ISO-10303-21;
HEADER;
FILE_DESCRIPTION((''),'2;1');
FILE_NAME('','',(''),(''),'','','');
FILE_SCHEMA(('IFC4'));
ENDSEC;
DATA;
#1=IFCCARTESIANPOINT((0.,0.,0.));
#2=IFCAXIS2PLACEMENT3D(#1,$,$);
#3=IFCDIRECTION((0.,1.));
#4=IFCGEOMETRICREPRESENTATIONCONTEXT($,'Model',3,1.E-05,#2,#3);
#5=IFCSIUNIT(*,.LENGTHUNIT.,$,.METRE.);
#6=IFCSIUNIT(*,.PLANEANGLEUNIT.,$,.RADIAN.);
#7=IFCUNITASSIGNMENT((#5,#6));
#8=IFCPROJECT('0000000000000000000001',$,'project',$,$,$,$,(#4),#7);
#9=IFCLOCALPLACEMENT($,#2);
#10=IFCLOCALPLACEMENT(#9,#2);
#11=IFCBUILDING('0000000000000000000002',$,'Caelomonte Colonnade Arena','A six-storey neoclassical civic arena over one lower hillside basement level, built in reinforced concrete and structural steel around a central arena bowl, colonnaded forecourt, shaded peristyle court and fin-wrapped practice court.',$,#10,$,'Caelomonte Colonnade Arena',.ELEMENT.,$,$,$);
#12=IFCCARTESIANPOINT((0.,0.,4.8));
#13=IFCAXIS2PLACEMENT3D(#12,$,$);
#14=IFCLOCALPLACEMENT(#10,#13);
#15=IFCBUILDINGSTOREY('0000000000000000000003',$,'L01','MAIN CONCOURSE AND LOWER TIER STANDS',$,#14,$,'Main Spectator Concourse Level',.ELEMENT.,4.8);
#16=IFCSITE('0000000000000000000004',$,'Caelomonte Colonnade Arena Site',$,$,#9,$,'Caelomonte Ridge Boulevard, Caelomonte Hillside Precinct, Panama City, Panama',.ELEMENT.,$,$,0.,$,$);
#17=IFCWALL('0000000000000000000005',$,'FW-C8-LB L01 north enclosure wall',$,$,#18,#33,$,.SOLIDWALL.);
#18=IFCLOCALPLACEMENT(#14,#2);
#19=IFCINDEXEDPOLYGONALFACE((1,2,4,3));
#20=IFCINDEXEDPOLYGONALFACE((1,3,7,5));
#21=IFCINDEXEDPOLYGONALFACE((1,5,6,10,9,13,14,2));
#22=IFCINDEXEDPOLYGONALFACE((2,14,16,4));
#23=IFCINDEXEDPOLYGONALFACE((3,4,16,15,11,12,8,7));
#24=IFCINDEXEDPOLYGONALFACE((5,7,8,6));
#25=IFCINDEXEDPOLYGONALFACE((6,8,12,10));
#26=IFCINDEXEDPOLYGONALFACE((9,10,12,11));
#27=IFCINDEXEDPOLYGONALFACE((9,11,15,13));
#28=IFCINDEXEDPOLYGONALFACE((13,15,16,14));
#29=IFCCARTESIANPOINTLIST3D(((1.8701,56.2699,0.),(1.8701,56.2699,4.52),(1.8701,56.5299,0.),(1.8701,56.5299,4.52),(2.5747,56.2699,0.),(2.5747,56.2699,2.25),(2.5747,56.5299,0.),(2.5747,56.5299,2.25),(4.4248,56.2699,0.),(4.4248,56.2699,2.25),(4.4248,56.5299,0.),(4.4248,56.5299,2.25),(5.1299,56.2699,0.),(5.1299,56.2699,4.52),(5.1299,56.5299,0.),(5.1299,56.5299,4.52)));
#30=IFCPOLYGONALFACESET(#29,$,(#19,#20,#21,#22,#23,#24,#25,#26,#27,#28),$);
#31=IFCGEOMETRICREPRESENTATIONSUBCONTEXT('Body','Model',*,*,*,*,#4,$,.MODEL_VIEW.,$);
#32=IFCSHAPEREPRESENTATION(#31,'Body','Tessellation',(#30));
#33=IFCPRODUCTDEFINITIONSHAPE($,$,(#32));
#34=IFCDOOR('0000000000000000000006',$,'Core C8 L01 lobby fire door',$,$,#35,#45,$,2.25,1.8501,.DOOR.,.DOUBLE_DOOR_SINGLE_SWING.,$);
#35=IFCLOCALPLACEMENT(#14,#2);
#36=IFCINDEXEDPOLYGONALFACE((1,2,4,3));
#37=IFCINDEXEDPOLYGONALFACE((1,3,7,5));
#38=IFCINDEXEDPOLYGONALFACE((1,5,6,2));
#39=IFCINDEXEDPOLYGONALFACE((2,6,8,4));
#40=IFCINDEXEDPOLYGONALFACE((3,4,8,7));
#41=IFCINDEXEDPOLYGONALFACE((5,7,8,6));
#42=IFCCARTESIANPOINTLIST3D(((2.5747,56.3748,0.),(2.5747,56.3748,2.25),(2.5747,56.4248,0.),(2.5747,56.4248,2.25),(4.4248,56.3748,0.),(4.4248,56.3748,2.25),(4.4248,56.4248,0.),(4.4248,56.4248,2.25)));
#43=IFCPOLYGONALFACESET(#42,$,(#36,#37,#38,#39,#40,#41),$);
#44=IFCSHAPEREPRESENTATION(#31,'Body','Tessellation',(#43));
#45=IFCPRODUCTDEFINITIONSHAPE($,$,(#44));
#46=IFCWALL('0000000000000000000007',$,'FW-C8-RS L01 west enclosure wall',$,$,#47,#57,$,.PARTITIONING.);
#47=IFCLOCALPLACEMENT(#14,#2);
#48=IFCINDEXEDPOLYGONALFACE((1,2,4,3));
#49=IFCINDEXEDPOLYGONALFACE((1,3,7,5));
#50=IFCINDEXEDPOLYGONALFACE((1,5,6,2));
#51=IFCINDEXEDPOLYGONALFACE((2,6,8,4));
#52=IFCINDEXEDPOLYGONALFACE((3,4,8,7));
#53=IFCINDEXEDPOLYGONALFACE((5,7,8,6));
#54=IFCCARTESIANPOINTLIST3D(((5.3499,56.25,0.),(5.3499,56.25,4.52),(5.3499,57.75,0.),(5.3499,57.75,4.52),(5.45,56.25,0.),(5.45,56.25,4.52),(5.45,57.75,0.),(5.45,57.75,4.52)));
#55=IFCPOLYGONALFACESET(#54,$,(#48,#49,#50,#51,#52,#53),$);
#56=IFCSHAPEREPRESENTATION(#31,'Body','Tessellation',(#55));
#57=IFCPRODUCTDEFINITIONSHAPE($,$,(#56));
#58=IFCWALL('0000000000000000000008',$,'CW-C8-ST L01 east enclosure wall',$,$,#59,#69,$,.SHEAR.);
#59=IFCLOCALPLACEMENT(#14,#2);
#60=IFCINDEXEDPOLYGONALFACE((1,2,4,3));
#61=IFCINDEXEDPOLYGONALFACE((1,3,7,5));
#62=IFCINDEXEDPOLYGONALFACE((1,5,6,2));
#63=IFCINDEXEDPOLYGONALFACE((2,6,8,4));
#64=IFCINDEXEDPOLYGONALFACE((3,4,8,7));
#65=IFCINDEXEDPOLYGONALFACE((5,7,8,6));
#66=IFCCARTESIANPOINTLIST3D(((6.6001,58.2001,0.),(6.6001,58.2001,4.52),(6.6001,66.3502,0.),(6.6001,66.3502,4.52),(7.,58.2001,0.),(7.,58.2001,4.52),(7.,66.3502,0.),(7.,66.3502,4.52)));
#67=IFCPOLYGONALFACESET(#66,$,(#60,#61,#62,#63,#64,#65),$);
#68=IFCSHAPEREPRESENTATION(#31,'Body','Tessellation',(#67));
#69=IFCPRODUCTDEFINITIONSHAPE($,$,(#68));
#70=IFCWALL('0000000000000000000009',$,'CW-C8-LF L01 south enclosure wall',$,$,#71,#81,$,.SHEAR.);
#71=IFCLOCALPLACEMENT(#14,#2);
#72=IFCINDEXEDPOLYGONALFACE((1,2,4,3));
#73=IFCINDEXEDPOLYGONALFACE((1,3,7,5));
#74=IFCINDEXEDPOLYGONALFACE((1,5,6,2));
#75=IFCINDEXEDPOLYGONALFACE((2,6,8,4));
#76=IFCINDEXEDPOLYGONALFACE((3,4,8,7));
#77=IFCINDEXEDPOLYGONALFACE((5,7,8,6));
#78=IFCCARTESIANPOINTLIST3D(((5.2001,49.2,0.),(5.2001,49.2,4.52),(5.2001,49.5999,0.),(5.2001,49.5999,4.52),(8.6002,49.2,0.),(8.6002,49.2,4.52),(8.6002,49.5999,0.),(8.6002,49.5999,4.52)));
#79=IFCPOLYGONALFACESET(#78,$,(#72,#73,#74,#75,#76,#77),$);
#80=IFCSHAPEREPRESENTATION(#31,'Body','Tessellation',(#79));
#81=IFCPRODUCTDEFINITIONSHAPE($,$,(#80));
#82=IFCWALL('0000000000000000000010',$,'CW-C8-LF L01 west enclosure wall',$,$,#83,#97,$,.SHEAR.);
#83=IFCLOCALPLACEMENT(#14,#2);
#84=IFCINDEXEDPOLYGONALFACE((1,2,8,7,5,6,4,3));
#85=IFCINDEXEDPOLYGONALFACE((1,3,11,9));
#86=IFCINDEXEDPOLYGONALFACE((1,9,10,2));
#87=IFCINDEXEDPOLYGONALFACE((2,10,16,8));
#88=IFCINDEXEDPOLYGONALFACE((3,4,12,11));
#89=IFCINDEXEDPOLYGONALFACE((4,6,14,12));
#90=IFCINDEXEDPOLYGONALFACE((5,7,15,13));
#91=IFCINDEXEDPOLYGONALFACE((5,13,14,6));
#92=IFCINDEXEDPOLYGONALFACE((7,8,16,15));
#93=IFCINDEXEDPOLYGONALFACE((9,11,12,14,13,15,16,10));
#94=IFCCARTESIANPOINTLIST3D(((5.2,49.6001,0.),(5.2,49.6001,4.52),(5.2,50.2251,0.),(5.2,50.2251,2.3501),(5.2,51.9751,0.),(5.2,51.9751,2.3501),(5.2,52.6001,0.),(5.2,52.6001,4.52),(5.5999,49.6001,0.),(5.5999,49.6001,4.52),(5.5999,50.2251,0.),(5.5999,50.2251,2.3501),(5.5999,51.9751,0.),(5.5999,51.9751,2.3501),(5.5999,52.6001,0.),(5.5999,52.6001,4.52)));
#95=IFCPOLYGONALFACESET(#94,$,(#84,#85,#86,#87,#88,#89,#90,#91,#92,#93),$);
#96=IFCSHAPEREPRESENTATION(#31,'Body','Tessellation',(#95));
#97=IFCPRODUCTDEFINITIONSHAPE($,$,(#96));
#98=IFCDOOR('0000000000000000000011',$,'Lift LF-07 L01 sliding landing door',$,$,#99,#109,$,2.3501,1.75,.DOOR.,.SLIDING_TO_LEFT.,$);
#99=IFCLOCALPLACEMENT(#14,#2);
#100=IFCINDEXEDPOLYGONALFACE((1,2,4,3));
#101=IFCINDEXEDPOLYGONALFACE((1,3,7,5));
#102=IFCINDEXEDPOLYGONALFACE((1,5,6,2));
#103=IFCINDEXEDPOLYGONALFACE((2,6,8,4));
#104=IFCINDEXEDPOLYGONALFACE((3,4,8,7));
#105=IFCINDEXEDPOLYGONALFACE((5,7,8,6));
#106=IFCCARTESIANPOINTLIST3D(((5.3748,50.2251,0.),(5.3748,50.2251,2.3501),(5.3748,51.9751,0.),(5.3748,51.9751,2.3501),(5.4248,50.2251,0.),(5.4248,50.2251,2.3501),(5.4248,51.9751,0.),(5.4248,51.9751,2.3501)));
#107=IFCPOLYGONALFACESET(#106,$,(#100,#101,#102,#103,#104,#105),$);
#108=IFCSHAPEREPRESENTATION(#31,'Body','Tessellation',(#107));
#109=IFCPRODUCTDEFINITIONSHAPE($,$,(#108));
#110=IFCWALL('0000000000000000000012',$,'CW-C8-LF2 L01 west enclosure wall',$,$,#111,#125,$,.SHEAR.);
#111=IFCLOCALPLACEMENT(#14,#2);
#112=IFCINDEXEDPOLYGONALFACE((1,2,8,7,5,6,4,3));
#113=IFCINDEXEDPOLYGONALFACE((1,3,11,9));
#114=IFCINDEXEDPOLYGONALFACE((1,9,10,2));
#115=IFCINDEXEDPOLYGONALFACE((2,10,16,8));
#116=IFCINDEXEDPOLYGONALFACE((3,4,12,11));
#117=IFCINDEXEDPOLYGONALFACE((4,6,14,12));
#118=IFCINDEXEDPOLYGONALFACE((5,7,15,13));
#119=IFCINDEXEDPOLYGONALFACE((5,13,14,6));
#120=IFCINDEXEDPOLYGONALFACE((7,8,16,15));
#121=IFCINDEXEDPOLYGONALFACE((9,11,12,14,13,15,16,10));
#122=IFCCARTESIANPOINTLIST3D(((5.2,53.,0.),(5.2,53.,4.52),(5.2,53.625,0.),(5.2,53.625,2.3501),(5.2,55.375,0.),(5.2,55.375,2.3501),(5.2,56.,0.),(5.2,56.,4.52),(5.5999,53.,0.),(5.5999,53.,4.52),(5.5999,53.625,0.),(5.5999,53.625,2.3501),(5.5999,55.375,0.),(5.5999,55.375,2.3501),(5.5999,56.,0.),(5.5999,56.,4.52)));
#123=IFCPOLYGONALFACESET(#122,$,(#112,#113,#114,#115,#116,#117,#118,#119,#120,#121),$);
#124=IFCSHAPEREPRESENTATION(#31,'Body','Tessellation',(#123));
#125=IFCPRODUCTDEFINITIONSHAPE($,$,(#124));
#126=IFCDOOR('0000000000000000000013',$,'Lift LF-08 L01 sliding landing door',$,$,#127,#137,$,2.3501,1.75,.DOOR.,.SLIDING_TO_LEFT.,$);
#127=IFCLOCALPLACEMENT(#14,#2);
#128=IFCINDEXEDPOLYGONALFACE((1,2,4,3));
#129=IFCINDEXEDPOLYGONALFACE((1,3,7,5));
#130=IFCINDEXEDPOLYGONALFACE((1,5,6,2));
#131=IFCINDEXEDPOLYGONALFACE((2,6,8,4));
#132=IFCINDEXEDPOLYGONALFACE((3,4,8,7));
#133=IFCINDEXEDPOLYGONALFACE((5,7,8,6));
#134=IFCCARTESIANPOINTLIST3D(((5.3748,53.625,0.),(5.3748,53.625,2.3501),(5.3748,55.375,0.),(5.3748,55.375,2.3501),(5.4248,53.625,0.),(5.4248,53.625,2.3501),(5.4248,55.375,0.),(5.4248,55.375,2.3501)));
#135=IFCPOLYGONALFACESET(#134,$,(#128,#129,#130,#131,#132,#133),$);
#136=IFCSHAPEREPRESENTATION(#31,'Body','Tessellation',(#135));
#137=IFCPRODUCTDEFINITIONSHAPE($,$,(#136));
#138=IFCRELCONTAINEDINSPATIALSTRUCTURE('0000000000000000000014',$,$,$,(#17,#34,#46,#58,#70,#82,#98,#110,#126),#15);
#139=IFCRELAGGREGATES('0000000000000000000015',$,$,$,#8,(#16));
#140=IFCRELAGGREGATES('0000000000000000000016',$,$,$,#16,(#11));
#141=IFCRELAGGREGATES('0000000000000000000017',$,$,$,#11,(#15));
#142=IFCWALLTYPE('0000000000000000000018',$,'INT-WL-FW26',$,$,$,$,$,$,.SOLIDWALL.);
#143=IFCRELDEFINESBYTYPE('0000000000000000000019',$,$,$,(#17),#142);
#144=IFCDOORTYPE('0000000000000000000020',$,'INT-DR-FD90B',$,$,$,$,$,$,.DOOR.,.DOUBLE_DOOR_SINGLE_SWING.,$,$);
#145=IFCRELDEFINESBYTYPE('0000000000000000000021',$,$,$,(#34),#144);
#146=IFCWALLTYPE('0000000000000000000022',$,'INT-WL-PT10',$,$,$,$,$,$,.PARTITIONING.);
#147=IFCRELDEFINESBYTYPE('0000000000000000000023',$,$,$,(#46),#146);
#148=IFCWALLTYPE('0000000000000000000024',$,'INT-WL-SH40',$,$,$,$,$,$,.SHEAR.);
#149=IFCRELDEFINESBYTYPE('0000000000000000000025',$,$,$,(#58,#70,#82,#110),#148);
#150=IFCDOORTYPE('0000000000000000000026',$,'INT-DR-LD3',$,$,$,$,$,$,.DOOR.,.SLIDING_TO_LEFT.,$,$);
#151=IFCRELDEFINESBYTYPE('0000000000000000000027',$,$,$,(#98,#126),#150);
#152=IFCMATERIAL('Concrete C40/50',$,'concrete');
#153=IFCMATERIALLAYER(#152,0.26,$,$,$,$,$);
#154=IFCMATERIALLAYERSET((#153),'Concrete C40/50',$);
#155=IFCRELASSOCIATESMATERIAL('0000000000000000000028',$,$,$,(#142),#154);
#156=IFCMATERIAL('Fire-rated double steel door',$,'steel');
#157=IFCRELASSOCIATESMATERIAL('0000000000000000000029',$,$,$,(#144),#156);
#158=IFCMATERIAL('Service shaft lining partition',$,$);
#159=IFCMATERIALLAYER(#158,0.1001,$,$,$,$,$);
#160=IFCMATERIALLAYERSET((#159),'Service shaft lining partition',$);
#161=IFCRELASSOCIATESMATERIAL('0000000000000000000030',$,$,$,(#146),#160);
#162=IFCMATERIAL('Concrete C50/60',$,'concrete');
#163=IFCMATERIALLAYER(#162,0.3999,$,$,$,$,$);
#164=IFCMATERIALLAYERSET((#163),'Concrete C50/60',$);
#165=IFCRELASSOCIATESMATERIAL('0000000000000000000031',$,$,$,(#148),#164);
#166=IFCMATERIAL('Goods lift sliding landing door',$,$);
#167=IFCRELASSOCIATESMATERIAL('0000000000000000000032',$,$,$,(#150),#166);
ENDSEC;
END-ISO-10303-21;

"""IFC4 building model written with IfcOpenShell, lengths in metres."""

from ifc_helpers import new_model, si_unit, direction, frame, frame_2d, origin, place, context, subcontext, project, spatial, rectangle, extrude, material, layer, layer_set, type_object, element, fill, save


model = new_model("IFC4")

# Units and contexts
model_context = context("Model", 3, precision=1e-05, world=origin(), true_north=direction((0.0, 1.0)))
body_context = subcontext(model_context, "Body", "Model", "MODEL_VIEW")
ifc_project = project(units=[si_unit("LENGTHUNIT", "METRE"), si_unit("PLANEANGLEUNIT", "RADIAN")], contexts=[model_context])

# Site, building, storey
site_placement = place(None, origin())
site = spatial("IfcSite", under=ifc_project, at=site_placement, Name="Caelomonte Colonnade Arena Site", LongName="Caelomonte Ridge Boulevard, Caelomonte Hillside Precinct, Panama City, Panama", CompositionType="ELEMENT", RefElevation=0.0)
building_placement = place(site_placement, origin())
building = spatial("IfcBuilding", under=site, at=building_placement, Name="Caelomonte Colonnade Arena", Description="A six-storey neoclassical civic arena over one lower hillside basement level, built in reinforced concrete and structural steel around a central arena bowl, colonnaded forecourt, shaded peristyle court and fin-wrapped practice court.", LongName="Caelomonte Colonnade Arena", CompositionType="ELEMENT")
storey_placement = place(building_placement, frame((0.0, 0.0, 4.8)))
storey = spatial("IfcBuildingStorey", under=building, at=storey_placement, Name="L01", Description="MAIN CONCOURSE AND LOWER TIER STANDS", LongName="Main Spectator Concourse Level", CompositionType="ELEMENT", Elevation=4.8)

# Wall, opening, door
ifc_material_1 = material(Name="Concrete C40/50", Category="concrete")
ifc_layer_1 = layer(ifc_material_1, 0.26)
ifc_layer_set_1 = layer_set([ifc_layer_1], Name="Concrete C40/50")
wall_type_1 = type_object("IfcWallType", Name="INT-WL-FW26", PredefinedType="SOLIDWALL", material=ifc_layer_set_1)
wall_1_placement = place(storey_placement, frame((5.1299, 56.3999, 0.0), z_axis=(0.0, 0.0, 1.0), x_axis=(-1.0, 0.0, 0.0)))
wall_1 = element("IfcWall", 1, at=wall_1_placement, inside=storey, type_object=wall_type_1, Name="FW-C8-LB L01 north enclosure wall", PredefinedType="SOLIDWALL", context=body_context, shape_type="SweptSolid", body=[
    extrude(rectangle(XDim=3.2598, YDim=0.26, at=frame_2d((1.6299, 0.0))), origin(), (0.0, 0.0, 1.0), 4.52),
])
opening_1_placement = place(wall_1_placement, frame((2.5552, 0.0, 0.0), z_axis=(0.0, 0.0, 1.0), x_axis=(-1.0, 0.0, 0.0)))
opening_1 = element("IfcOpeningElement", 2, at=opening_1_placement, cuts=wall_1, PredefinedType="OPENING", context=body_context, shape_type="SweptSolid", body=[
    extrude(rectangle(XDim=1.8501, YDim=2.25, at=frame_2d((0.925, 1.125))), frame((0.0, 0.1399, 0.0), z_axis=(0.0, -1.0, 0.0), x_axis=(1.0, 0.0, 0.0)), (0.0, 0.0, 1.0), 0.28),
])
ifc_material_2 = material(Name="Fire-rated double steel door", Category="steel")
door_type_1 = type_object("IfcDoorType", Name="INT-DR-FD90B", OperationType="DOUBLE_DOOR_SINGLE_SWING", PredefinedType="DOOR", material=ifc_material_2)
door_1_placement = place(opening_1_placement, origin())
door_1 = element("IfcDoor", 3, at=door_1_placement, inside=storey, type_object=door_type_1, Name="Core C8 L01 lobby fire door", OperationType="DOUBLE_DOOR_SINGLE_SWING", OverallHeight=2.25, OverallWidth=1.8501, PredefinedType="DOOR", context=body_context, shape_type="SweptSolid", body=[
    extrude(rectangle(XDim=1.8501, YDim=2.25, at=frame_2d((0.925, 1.125))), frame((0.0, 0.0249, 0.0), z_axis=(0.0, -1.0, 0.0), x_axis=(1.0, 0.0, 0.0)), (0.0, 0.0, 1.0), 0.05),
])
fill(opening_1, door_1)

# Walls
ifc_material_3 = material(Name="Service shaft lining partition")
ifc_layer_2 = layer(ifc_material_3, 0.1001)
ifc_layer_set_2 = layer_set([ifc_layer_2], Name="Service shaft lining partition")
wall_type_2 = type_object("IfcWallType", Name="INT-WL-PT10", PredefinedType="PARTITIONING", material=ifc_layer_set_2)
wall_2_placement = place(storey_placement, frame((5.3999, 57.75, 0.0), z_axis=(0.0, 0.0, 1.0), x_axis=(0.0, -1.0, 0.0)))
element("IfcWall", 4, at=wall_2_placement, inside=storey, type_object=wall_type_2, Name="FW-C8-RS L01 west enclosure wall", PredefinedType="PARTITIONING", context=body_context, shape_type="SweptSolid", body=[
    extrude(rectangle(XDim=1.5, YDim=0.1001, at=frame_2d((0.75, 0.0))), origin(), (0.0, 0.0, 1.0), 4.52),
])
ifc_material_4 = material(Name="Concrete C50/60", Category="concrete")
ifc_layer_3 = layer(ifc_material_4, 0.3999)
ifc_layer_set_3 = layer_set([ifc_layer_3], Name="Concrete C50/60")
wall_type_3 = type_object("IfcWallType", Name="INT-WL-SH40", PredefinedType="SHEAR", material=ifc_layer_set_3)
wall_3_placement = place(storey_placement, frame((6.8, 58.2, 0.0), z_axis=(0.0, 0.0, 1.0), x_axis=(0.0, 1.0, 0.0)))
element("IfcWall", 5, at=wall_3_placement, inside=storey, type_object=wall_type_3, Name="CW-C8-ST L01 east enclosure wall", PredefinedType="SHEAR", context=body_context, shape_type="SweptSolid", body=[
    extrude(rectangle(XDim=8.1501, YDim=0.3999, at=frame_2d((4.0752, 0.0))), origin(), (0.0, 0.0, 1.0), 4.52),
])
wall_4_placement = place(storey_placement, frame((5.2, 49.3999, 0.0), z_axis=(0.0, 0.0, 1.0), x_axis=(1.0, 0.0, 0.0)))
element("IfcWall", 6, at=wall_4_placement, inside=storey, type_object=wall_type_3, Name="CW-C8-LF L01 south enclosure wall", PredefinedType="SHEAR", context=body_context, shape_type="SweptSolid", body=[
    extrude(rectangle(XDim=3.4001, YDim=0.3999, at=frame_2d((1.7002, 0.0))), origin(), (0.0, 0.0, 1.0), 4.52),
])

# Walls, openings, doors
wall_5_placement = place(storey_placement, frame((5.3999, 52.6001, 0.0), z_axis=(0.0, 0.0, 1.0), x_axis=(0.0, -1.0, 0.0)))
wall_5 = element("IfcWall", 7, at=wall_5_placement, inside=storey, type_object=wall_type_3, Name="CW-C8-LF L01 west enclosure wall", PredefinedType="SHEAR", context=body_context, shape_type="SweptSolid", body=[
    extrude(rectangle(XDim=3.0, YDim=0.3999, at=frame_2d((1.5, 0.0))), origin(), (0.0, 0.0, 1.0), 4.52),
])
opening_2_placement = place(wall_5_placement, frame((0.625, 0.0, 0.0), z_axis=(0.0, 0.0, 1.0), x_axis=(1.0, 0.0, 0.0)))
opening_2 = element("IfcOpeningElement", 8, at=opening_2_placement, cuts=wall_5, PredefinedType="OPENING", context=body_context, shape_type="SweptSolid", body=[
    extrude(rectangle(XDim=1.75, YDim=2.3501, at=frame_2d((0.875, 1.175))), frame((0.0, 0.21, 0.0), z_axis=(0.0, -1.0, 0.0), x_axis=(1.0, 0.0, 0.0)), (0.0, 0.0, 1.0), 0.4199),
])
ifc_material_5 = material(Name="Goods lift sliding landing door")
door_type_2 = type_object("IfcDoorType", Name="INT-DR-LD3", OperationType="SLIDING_TO_LEFT", PredefinedType="DOOR", material=ifc_material_5)
door_2_placement = place(opening_2_placement, origin())
door_2 = element("IfcDoor", 9, at=door_2_placement, inside=storey, type_object=door_type_2, Name="Lift LF-07 L01 sliding landing door", OperationType="SLIDING_TO_LEFT", OverallHeight=2.3501, OverallWidth=1.75, PredefinedType="DOOR", context=body_context, shape_type="SweptSolid", body=[
    extrude(rectangle(XDim=1.75, YDim=2.3501, at=frame_2d((0.875, 1.175))), frame((0.0, 0.0249, 0.0), z_axis=(0.0, -1.0, 0.0), x_axis=(1.0, 0.0, 0.0)), (0.0, 0.0, 1.0), 0.05),
])
fill(opening_2, door_2)
wall_6_placement = place(storey_placement, frame((5.3999, 56.0, 0.0), z_axis=(0.0, 0.0, 1.0), x_axis=(0.0, -1.0, 0.0)))
wall_6 = element("IfcWall", 10, at=wall_6_placement, inside=storey, type_object=wall_type_3, Name="CW-C8-LF2 L01 west enclosure wall", PredefinedType="SHEAR", context=body_context, shape_type="SweptSolid", body=[
    extrude(rectangle(XDim=3.0, YDim=0.3999, at=frame_2d((1.5, 0.0))), origin(), (0.0, 0.0, 1.0), 4.52),
])
opening_3_placement = place(wall_6_placement, frame((0.625, 0.0, 0.0), z_axis=(0.0, 0.0, 1.0), x_axis=(1.0, 0.0, 0.0)))
opening_3 = element("IfcOpeningElement", 11, at=opening_3_placement, cuts=wall_6, PredefinedType="OPENING", context=body_context, shape_type="SweptSolid", body=[
    extrude(rectangle(XDim=1.75, YDim=2.3501, at=frame_2d((0.875, 1.175))), frame((0.0, 0.21, 0.0), z_axis=(0.0, -1.0, 0.0), x_axis=(1.0, 0.0, 0.0)), (0.0, 0.0, 1.0), 0.4199),
])
door_3_placement = place(opening_3_placement, origin())
door_3 = element("IfcDoor", 12, at=door_3_placement, inside=storey, type_object=door_type_2, Name="Lift LF-08 L01 sliding landing door", OperationType="SLIDING_TO_LEFT", OverallHeight=2.3501, OverallWidth=1.75, PredefinedType="DOOR", context=body_context, shape_type="SweptSolid", body=[
    extrude(rectangle(XDim=1.75, YDim=2.3501, at=frame_2d((0.875, 1.175))), frame((0.0, 0.0249, 0.0), z_axis=(0.0, -1.0, 0.0), x_axis=(1.0, 0.0, 0.0)), (0.0, 0.0, 1.0), 0.05),
])
fill(opening_3, door_3)

save(model, "model.ifc")
